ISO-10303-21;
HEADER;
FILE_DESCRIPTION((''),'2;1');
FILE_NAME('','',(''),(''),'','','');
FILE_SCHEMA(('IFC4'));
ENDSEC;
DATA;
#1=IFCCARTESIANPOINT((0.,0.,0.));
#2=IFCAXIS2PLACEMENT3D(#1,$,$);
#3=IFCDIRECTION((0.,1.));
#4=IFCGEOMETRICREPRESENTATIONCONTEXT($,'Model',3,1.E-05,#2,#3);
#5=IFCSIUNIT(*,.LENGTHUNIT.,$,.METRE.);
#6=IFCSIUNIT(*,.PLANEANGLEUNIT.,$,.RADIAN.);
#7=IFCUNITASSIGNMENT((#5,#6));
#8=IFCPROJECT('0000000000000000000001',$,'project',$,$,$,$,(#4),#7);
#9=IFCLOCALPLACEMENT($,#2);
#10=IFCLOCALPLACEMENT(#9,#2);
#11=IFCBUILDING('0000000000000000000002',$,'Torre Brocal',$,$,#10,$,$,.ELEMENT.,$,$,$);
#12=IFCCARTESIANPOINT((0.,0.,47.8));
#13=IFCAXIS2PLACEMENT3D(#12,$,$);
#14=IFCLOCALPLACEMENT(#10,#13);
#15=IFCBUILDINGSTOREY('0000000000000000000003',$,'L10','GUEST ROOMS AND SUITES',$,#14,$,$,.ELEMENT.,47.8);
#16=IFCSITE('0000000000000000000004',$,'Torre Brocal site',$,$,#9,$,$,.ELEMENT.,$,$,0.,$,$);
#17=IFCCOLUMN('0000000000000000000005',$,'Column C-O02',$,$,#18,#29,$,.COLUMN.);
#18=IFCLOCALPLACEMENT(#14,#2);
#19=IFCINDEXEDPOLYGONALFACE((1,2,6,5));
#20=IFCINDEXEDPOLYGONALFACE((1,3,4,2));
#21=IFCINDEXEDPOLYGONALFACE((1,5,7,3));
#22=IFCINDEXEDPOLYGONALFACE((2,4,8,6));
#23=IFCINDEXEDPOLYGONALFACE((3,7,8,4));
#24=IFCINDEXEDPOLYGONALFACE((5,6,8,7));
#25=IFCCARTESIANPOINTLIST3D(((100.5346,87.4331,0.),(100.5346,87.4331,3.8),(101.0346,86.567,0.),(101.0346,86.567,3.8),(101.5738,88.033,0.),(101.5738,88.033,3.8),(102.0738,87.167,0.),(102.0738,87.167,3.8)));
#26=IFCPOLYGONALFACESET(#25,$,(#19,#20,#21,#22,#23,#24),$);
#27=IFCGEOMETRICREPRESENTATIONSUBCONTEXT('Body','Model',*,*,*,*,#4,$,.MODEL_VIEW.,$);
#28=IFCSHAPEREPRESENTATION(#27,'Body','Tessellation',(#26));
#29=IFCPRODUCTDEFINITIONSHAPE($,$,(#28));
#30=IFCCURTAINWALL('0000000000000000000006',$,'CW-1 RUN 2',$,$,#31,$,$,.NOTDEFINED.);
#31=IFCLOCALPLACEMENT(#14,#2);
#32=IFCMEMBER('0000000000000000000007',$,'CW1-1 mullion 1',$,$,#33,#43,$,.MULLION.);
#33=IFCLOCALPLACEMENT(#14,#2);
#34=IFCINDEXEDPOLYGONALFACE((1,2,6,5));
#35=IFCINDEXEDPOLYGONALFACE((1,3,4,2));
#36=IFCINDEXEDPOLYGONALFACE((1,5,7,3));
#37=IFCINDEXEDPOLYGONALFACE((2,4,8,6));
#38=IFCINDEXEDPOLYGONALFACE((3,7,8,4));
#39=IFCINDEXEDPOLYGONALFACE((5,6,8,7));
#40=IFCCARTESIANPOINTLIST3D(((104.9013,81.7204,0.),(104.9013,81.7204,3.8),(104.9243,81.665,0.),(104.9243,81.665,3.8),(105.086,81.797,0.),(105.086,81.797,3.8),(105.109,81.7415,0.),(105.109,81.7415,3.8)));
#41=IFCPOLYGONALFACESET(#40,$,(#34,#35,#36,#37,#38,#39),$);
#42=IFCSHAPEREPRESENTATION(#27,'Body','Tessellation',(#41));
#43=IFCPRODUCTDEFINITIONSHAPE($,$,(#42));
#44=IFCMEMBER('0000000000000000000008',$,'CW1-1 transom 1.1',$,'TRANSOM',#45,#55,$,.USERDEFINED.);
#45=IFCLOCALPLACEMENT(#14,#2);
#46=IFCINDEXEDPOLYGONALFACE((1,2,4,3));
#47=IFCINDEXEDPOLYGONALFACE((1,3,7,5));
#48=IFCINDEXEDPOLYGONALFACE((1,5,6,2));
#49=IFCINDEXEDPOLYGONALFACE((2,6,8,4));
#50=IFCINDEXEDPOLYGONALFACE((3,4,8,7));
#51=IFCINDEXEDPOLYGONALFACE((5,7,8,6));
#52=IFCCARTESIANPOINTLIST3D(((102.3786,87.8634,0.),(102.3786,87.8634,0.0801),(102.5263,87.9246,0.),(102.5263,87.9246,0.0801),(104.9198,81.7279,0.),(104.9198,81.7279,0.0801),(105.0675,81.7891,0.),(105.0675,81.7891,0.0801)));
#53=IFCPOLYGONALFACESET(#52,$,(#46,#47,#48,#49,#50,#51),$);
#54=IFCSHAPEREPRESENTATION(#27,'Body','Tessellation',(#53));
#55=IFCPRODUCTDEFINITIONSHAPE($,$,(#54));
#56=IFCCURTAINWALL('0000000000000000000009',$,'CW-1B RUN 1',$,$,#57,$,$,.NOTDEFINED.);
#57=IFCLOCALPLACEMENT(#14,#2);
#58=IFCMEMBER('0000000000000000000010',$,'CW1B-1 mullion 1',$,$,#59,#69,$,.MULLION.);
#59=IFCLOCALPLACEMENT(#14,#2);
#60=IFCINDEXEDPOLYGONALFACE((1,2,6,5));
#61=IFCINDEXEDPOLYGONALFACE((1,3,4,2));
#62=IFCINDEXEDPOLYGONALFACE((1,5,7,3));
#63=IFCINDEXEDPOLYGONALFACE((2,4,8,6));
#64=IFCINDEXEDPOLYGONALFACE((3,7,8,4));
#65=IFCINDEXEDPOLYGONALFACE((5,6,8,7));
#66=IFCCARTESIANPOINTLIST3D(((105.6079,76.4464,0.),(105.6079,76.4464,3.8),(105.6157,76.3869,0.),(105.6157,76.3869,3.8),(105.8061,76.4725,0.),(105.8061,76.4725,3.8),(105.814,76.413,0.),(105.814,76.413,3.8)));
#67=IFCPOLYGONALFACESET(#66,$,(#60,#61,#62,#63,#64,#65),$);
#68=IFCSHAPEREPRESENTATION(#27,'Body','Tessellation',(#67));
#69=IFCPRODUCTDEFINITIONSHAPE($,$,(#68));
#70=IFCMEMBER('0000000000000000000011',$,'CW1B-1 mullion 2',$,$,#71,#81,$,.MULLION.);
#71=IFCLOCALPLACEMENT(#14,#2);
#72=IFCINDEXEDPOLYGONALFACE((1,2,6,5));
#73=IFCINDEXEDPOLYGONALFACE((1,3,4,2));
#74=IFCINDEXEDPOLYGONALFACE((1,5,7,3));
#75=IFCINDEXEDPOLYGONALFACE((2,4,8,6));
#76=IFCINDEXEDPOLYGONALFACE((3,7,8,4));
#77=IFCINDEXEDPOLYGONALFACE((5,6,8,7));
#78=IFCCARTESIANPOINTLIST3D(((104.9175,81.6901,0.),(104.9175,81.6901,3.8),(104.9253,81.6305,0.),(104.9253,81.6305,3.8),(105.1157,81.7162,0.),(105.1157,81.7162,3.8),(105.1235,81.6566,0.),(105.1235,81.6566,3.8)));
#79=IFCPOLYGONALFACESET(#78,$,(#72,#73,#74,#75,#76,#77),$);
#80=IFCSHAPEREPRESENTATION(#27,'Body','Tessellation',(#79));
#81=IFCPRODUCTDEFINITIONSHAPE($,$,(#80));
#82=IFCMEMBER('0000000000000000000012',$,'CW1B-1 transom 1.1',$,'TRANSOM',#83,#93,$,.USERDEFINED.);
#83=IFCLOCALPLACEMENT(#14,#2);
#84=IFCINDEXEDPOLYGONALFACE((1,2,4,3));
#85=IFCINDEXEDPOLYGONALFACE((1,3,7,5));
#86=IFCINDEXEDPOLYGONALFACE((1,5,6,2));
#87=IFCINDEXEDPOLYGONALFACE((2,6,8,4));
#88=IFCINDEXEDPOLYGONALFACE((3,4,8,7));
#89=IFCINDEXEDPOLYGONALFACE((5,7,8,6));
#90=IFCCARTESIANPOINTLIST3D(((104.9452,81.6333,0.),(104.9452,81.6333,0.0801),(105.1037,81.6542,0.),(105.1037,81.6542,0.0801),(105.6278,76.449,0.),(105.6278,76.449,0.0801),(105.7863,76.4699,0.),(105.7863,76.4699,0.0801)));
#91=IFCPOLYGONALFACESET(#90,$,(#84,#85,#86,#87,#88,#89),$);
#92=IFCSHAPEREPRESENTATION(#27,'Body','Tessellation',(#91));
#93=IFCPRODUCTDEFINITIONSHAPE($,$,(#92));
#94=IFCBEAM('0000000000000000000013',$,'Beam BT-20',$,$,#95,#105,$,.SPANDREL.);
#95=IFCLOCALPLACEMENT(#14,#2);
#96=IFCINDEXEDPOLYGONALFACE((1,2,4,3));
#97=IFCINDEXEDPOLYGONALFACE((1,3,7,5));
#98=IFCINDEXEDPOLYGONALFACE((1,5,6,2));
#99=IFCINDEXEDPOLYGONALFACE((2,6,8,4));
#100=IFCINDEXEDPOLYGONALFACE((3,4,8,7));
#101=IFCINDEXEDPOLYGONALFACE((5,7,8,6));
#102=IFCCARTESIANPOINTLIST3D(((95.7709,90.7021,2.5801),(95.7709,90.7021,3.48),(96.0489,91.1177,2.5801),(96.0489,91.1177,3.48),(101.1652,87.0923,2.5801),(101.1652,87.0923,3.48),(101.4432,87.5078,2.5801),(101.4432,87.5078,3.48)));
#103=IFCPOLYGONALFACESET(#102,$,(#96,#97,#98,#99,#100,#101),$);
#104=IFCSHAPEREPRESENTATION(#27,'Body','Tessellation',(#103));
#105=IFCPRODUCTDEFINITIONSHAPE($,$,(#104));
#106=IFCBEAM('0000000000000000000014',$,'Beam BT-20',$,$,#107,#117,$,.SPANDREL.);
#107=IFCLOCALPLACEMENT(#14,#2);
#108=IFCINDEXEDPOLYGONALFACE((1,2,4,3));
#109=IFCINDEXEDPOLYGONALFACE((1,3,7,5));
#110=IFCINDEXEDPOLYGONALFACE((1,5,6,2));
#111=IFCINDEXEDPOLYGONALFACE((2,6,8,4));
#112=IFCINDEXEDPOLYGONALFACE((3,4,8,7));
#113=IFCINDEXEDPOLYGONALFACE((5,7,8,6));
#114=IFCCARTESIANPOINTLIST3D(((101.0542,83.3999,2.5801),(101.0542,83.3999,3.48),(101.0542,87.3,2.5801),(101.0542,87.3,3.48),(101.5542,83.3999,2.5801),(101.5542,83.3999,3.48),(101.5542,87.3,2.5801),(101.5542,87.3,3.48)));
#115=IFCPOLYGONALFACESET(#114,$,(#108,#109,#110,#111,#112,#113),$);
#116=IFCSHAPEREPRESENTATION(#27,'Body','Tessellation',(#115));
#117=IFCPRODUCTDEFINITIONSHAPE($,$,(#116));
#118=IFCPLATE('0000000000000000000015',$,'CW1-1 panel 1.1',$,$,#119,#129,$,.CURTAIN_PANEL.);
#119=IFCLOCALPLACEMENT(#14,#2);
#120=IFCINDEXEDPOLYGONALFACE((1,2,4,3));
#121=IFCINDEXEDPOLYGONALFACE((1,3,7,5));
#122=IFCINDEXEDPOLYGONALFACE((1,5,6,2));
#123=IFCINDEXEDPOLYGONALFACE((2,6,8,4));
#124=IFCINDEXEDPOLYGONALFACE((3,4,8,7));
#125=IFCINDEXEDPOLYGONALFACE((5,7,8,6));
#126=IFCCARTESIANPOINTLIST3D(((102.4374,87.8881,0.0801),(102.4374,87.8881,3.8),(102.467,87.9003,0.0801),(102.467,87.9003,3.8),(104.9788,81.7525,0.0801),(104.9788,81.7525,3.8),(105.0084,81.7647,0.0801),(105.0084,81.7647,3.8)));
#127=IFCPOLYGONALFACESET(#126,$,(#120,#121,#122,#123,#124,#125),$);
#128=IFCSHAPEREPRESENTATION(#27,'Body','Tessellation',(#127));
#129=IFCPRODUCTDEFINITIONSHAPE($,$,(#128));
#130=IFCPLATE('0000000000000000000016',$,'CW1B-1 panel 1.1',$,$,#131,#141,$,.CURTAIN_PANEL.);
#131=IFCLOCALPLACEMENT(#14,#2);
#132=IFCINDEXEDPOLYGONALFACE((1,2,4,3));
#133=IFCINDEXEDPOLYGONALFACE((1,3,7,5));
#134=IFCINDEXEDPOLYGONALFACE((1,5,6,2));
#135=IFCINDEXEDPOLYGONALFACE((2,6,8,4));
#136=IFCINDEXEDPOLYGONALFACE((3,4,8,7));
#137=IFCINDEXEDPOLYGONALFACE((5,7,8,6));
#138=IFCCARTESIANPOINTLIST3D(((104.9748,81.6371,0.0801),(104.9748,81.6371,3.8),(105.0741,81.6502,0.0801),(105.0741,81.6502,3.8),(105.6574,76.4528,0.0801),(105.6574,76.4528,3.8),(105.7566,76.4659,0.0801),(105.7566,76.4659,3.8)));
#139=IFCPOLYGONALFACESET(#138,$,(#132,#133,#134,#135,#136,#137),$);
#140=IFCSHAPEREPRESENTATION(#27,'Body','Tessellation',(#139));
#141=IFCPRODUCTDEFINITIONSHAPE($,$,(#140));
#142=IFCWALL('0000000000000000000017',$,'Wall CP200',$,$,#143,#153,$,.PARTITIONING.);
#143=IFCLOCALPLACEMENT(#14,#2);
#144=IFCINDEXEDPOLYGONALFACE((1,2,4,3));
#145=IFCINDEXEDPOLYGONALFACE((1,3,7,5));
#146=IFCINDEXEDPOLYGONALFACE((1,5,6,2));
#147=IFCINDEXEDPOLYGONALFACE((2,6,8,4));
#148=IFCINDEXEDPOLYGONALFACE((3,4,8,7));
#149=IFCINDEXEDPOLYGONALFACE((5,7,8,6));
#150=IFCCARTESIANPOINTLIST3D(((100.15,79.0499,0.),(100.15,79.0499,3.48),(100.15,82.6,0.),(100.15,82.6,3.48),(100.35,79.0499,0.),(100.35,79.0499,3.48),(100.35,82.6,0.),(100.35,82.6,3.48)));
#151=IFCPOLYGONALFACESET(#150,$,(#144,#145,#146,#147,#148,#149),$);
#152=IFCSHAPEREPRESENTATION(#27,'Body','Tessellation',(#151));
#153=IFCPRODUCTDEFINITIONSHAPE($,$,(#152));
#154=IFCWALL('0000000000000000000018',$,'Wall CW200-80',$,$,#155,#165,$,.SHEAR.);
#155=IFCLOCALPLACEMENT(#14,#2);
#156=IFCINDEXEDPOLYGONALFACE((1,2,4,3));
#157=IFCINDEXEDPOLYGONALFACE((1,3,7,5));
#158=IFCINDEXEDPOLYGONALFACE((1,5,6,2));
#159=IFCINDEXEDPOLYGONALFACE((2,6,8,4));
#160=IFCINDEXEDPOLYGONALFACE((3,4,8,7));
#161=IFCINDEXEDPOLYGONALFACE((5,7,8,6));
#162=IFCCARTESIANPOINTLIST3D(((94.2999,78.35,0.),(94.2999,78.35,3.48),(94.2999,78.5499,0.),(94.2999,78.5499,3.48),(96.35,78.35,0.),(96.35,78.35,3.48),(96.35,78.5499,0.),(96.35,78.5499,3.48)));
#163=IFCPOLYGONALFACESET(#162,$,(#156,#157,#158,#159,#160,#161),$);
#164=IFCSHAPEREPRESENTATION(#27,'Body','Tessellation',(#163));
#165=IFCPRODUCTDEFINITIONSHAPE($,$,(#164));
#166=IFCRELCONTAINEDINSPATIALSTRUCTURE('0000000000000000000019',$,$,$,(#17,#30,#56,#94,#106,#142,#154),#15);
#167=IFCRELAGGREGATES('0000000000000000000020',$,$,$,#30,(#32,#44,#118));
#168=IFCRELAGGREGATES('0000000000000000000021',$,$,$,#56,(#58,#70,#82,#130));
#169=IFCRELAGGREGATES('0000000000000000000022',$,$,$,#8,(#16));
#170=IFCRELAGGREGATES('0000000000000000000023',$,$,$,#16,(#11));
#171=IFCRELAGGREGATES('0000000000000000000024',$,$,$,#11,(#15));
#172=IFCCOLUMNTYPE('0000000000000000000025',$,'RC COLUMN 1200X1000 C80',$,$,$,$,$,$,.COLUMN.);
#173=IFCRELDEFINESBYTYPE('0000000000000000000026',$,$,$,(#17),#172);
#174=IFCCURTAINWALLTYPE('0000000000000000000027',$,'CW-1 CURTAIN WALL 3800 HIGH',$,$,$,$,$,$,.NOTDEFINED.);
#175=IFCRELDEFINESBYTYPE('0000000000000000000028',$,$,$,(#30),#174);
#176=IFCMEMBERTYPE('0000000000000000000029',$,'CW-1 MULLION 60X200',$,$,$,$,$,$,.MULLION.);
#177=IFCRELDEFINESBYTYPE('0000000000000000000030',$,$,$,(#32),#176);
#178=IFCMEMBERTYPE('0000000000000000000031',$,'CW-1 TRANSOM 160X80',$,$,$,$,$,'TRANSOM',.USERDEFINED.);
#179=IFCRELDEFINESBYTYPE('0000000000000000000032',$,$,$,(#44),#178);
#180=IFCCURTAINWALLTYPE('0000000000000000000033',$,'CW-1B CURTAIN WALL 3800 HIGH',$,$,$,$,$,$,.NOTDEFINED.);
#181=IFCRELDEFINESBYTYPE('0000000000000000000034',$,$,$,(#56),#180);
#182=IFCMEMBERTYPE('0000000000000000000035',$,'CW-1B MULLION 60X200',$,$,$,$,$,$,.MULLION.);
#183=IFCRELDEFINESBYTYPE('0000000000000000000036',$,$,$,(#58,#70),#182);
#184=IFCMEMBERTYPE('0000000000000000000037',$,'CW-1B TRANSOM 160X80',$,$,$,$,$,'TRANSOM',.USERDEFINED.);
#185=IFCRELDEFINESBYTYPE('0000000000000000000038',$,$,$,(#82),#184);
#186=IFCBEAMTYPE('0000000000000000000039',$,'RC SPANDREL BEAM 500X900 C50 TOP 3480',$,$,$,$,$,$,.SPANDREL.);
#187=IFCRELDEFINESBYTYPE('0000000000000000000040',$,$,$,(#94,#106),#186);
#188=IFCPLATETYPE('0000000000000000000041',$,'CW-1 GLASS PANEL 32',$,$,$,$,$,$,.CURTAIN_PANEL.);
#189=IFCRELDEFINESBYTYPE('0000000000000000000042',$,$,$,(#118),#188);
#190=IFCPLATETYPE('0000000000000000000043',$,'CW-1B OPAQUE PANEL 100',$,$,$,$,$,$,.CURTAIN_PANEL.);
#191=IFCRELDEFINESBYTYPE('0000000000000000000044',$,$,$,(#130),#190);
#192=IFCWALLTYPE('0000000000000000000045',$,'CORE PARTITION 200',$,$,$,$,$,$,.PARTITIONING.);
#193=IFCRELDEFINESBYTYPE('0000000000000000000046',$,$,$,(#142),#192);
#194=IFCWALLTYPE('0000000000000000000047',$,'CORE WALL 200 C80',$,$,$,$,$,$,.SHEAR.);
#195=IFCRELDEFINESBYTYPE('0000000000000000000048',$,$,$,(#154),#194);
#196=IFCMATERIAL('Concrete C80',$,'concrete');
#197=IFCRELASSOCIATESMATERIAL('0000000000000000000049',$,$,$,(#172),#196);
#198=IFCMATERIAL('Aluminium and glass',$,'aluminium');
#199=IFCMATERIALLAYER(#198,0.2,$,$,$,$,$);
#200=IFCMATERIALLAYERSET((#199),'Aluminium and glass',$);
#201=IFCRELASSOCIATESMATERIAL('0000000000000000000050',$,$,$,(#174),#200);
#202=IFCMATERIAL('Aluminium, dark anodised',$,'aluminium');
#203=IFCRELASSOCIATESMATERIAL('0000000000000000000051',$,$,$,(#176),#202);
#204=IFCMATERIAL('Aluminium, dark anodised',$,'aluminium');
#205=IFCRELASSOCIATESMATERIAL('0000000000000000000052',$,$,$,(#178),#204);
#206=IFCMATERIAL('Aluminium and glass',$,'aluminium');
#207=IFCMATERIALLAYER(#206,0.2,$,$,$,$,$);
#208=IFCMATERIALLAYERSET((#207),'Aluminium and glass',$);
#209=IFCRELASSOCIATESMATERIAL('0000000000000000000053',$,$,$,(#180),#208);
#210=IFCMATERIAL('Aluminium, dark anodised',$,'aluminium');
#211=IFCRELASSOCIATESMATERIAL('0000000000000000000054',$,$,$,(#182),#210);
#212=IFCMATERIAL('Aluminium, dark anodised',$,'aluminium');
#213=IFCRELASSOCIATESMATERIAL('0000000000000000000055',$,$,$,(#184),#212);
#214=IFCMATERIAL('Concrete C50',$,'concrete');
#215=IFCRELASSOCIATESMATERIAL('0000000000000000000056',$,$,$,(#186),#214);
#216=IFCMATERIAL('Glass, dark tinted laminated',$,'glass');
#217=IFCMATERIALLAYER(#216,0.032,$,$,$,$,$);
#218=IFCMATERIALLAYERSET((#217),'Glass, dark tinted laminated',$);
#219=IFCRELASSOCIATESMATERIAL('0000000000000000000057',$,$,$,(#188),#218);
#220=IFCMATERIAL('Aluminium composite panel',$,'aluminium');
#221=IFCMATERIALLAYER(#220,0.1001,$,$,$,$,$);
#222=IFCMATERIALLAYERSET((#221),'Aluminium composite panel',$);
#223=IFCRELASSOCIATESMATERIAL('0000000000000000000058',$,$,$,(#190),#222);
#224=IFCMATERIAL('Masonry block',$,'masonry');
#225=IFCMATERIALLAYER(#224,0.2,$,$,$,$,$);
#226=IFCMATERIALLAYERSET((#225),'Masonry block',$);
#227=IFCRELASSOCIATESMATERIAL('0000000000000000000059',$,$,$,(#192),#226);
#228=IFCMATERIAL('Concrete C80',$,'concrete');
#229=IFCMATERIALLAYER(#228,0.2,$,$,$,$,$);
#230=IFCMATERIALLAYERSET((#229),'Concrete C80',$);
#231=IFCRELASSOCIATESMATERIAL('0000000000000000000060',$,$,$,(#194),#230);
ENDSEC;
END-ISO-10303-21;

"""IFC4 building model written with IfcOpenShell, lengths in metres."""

from ifc_helpers import new_model, si_unit, direction, frame, frame_2d, origin, origin_2d, place, context, subcontext, project, spatial, rectangle, extrude, material, layer, layer_set, material_profile, profile_set, type_object, element, aggregate, save


model = new_model("IFC4")

# Units and contexts
model_context = context("Model", 3, precision=1e-05, world=origin(), true_north=direction((0.0, 1.0)))
body_context = subcontext(model_context, "Body", "Model", "MODEL_VIEW")
ifc_project = project(units=[si_unit("LENGTHUNIT", "METRE"), si_unit("PLANEANGLEUNIT", "RADIAN")], contexts=[model_context])

# Site, building, storey
site_placement = place(None, origin())
site = spatial("IfcSite", under=ifc_project, at=site_placement, Name="Torre Brocal site", CompositionType="ELEMENT", RefElevation=0.0)
building_placement = place(site_placement, origin())
building = spatial("IfcBuilding", under=site, at=building_placement, Name="Torre Brocal", CompositionType="ELEMENT")
storey_placement = place(building_placement, frame((0.0, 0.0, 47.8)))
storey = spatial("IfcBuildingStorey", under=building, at=storey_placement, Name="L10", Description="GUEST ROOMS AND SUITES", CompositionType="ELEMENT", Elevation=47.8)

# Column
ifc_material_1 = material(Name="Concrete C80", Category="concrete")
ifc_material_profile_1 = material_profile(ifc_material_1, rectangle(XDim=1.2, YDim=1.0, at=origin_2d()), Name="RC 1200X1000")
ifc_profile_set_1 = profile_set([ifc_material_profile_1], Name="Concrete C80")
column_type = type_object("IfcColumnType", Name="RC COLUMN 1200X1000 C80", PredefinedType="COLUMN", material=ifc_profile_set_1)
column_placement = place(storey_placement, frame((101.3042, 87.3, 0.0), z_axis=(0.0, 0.0, 1.0), x_axis=(0.866025, 0.5, 0.0)))
element("IfcColumn", 1, at=column_placement, inside=storey, type_object=column_type, Name="Column C-O02", PredefinedType="COLUMN", context=body_context, shape_type="SweptSolid", body=[
    extrude(rectangle(XDim=1.2, YDim=1.0, at=origin_2d()), origin(), (0.0, 0.0, 1.0), 3.8),
])

# Curtain walls, members
ifc_material_2 = material(Name="Aluminium and glass", Category="aluminium")
ifc_layer_1 = layer(ifc_material_2, 0.2)
ifc_layer_set_1 = layer_set([ifc_layer_1], Name="Aluminium and glass")
curtain_wall_type_1 = type_object("IfcCurtainWallType", Name="CW-1 CURTAIN WALL 3800 HIGH", PredefinedType="NOTDEFINED", material=ifc_layer_set_1)
curtain_wall_1_placement = place(storey_placement, origin())
curtain_wall_1 = element("IfcCurtainWall", 2, at=curtain_wall_1_placement, inside=storey, type_object=curtain_wall_type_1, Name="CW-1 RUN 2", PredefinedType="NOTDEFINED")
ifc_material_3 = material(Name="Aluminium, dark anodised", Category="aluminium")
ifc_material_profile_2 = material_profile(ifc_material_3, rectangle(XDim=0.2, YDim=0.0601, at=origin_2d()), Name="CW-1 MULLION 60X200")
ifc_profile_set_2 = profile_set([ifc_material_profile_2], Name="Aluminium, dark anodised")
member_type_1 = type_object("IfcMemberType", Name="CW-1 MULLION 60X200", PredefinedType="MULLION", material=ifc_profile_set_2)
member_1_placement = place(storey_placement, frame((105.0051, 81.731, 0.0), z_axis=(0.0, 0.0, 1.0), x_axis=(-0.92388, -0.382683, 0.0)))
member_1 = element("IfcMember", 3, at=member_1_placement, type_object=member_type_1, Name="CW1-1 mullion 1", PredefinedType="MULLION", context=body_context, shape_type="SweptSolid", body=[
    extrude(rectangle(XDim=0.2, YDim=0.0601, at=origin_2d()), origin(), (0.0, 0.0, 1.0), 3.8),
])
ifc_material_4 = material(Name="Aluminium, dark anodised", Category="aluminium")
ifc_material_profile_3 = material_profile(ifc_material_4, rectangle(XDim=0.1599, YDim=0.0801, at=origin_2d()), Name="CW-1 TRANSOM 160X80")
ifc_profile_set_3 = profile_set([ifc_material_profile_3], Name="Aluminium, dark anodised")
member_type_2 = type_object("IfcMemberType", Name="CW-1 TRANSOM 160X80", ElementType="TRANSOM", PredefinedType="USERDEFINED", material=ifc_profile_set_3)
member_2_placement = place(storey_placement, frame((104.9937, 81.7585, 0.04), z_axis=(-0.382665, 0.923887, 0.0), x_axis=(-0.923887, -0.382665, 0.0)))
member_2 = element("IfcMember", 4, at=member_2_placement, type_object=member_type_2, Name="CW1-1 transom 1.1", ObjectType="TRANSOM", PredefinedType="USERDEFINED", context=body_context, shape_type="SweptSolid", body=[
    extrude(rectangle(XDim=0.1599, YDim=0.0801, at=origin_2d()), origin(), (0.0, 0.0, 1.0), 6.6409),
])
ifc_material_5 = material(Name="Aluminium and glass", Category="aluminium")
ifc_layer_2 = layer(ifc_material_5, 0.2)
ifc_layer_set_2 = layer_set([ifc_layer_2], Name="Aluminium and glass")
curtain_wall_type_2 = type_object("IfcCurtainWallType", Name="CW-1B CURTAIN WALL 3800 HIGH", PredefinedType="NOTDEFINED", material=ifc_layer_set_2)
curtain_wall_2_placement = place(storey_placement, origin())
curtain_wall_2 = element("IfcCurtainWall", 5, at=curtain_wall_2_placement, inside=storey, type_object=curtain_wall_type_2, Name="CW-1B RUN 1", PredefinedType="NOTDEFINED")
ifc_material_6 = material(Name="Aluminium, dark anodised", Category="aluminium")
ifc_material_profile_4 = material_profile(ifc_material_6, rectangle(XDim=0.2, YDim=0.0601, at=origin_2d()), Name="CW-1B MULLION 60X200")
ifc_profile_set_4 = profile_set([ifc_material_profile_4], Name="Aluminium, dark anodised")
member_type_3 = type_object("IfcMemberType", Name="CW-1B MULLION 60X200", PredefinedType="MULLION", material=ifc_profile_set_4)
member_3_placement = place(storey_placement, frame((105.7109, 76.4297, 0.0), z_axis=(0.0, 0.0, 1.0), x_axis=(-0.991445, -0.130526, 0.0)))
member_3 = element("IfcMember", 6, at=member_3_placement, type_object=member_type_3, Name="CW1B-1 mullion 1", PredefinedType="MULLION", context=body_context, shape_type="SweptSolid", body=[
    extrude(rectangle(XDim=0.2, YDim=0.0601, at=origin_2d()), origin(), (0.0, 0.0, 1.0), 3.8),
])
member_4_placement = place(storey_placement, frame((105.0205, 81.6733, 0.0), z_axis=(0.0, 0.0, 1.0), x_axis=(-0.991445, -0.130526, 0.0)))
member_4 = element("IfcMember", 7, at=member_4_placement, type_object=member_type_3, Name="CW1B-1 mullion 2", PredefinedType="MULLION", context=body_context, shape_type="SweptSolid", body=[
    extrude(rectangle(XDim=0.2, YDim=0.0601, at=origin_2d()), origin(), (0.0, 0.0, 1.0), 3.8),
])
ifc_material_7 = material(Name="Aluminium, dark anodised", Category="aluminium")
ifc_material_profile_5 = material_profile(ifc_material_7, rectangle(XDim=0.1599, YDim=0.0801, at=origin_2d()), Name="CW-1B TRANSOM 160X80")
ifc_profile_set_5 = profile_set([ifc_material_profile_5], Name="Aluminium, dark anodised")
member_type_4 = type_object("IfcMemberType", Name="CW-1B TRANSOM 160X80", ElementType="TRANSOM", PredefinedType="USERDEFINED", material=ifc_profile_set_5)
member_5_placement = place(storey_placement, frame((105.707, 76.4595, 0.04), z_axis=(-0.130543, 0.991443, 0.0), x_axis=(-0.991443, -0.130543, 0.0)))
member_5 = element("IfcMember", 8, at=member_5_placement, type_object=member_type_4, Name="CW1B-1 transom 1.1", ObjectType="TRANSOM", PredefinedType="USERDEFINED", context=body_context, shape_type="SweptSolid", body=[
    extrude(rectangle(XDim=0.1599, YDim=0.0801, at=origin_2d()), origin(), (0.0, 0.0, 1.0), 5.229),
])

# Beams
ifc_material_8 = material(Name="Concrete C50", Category="concrete")
ifc_material_profile_6 = material_profile(ifc_material_8, rectangle(XDim=0.5, YDim=0.8999, at=origin_2d()), Name="RC 500X900")
ifc_profile_set_6 = profile_set([ifc_material_profile_6], Name="Concrete C50")
beam_type = type_object("IfcBeamType", Name="RC SPANDREL BEAM 500X900 C50 TOP 3480", PredefinedType="SPANDREL", material=ifc_profile_set_6)
beam_1_placement = place(storey_placement, frame((101.3042, 87.3, 3.03), z_axis=(-0.831077, 0.556158, 0.0), x_axis=(-0.556158, -0.831077, 0.0)))
element("IfcBeam", 9, at=beam_1_placement, inside=storey, type_object=beam_type, Name="Beam BT-20", PredefinedType="SPANDREL", context=body_context, shape_type="SweptSolid", body=[
    extrude(rectangle(XDim=0.5, YDim=0.8999, at=origin_2d()), origin(), (0.0, 0.0, 1.0), 6.4907),
])
beam_2_placement = place(storey_placement, frame((101.3042, 87.3, 3.03), z_axis=(0.0, -1.0, 0.0), x_axis=(1.0, 0.0, 0.0)))
element("IfcBeam", 10, at=beam_2_placement, inside=storey, type_object=beam_type, Name="Beam BT-20", PredefinedType="SPANDREL", context=body_context, shape_type="SweptSolid", body=[
    extrude(rectangle(XDim=0.5, YDim=0.8999, at=origin_2d()), origin(), (0.0, 0.0, 1.0), 3.9001),
])

# Plates
ifc_material_9 = material(Name="Glass, dark tinted laminated", Category="glass")
ifc_layer_3 = layer(ifc_material_9, 0.032)
ifc_layer_set_3 = layer_set([ifc_layer_3], Name="Glass, dark tinted laminated")
plate_type_1 = type_object("IfcPlateType", Name="CW-1 GLASS PANEL 32", PredefinedType="CURTAIN_PANEL", material=ifc_layer_set_3)
plate_1_placement = place(storey_placement, frame((103.7229, 84.8264, 0.0801), z_axis=(0.0, 0.0, 1.0), x_axis=(-0.382683, 0.92388, 0.0)))
plate_1 = element("IfcPlate", 11, at=plate_1_placement, type_object=plate_type_1, Name="CW1-1 panel 1.1", PredefinedType="CURTAIN_PANEL", context=body_context, shape_type="SweptSolid", body=[
    extrude(rectangle(XDim=6.6411, YDim=0.032, at=origin_2d()), origin(), (0.0, 0.0, 1.0), 3.72),
])
aggregate(curtain_wall_1, [member_1, member_2, plate_1])
ifc_material_10 = material(Name="Aluminium composite panel", Category="aluminium")
ifc_layer_4 = layer(ifc_material_10, 0.1001)
ifc_layer_set_4 = layer_set([ifc_layer_4], Name="Aluminium composite panel")
plate_type_2 = type_object("IfcPlateType", Name="CW-1B OPAQUE PANEL 100", PredefinedType="CURTAIN_PANEL", material=ifc_layer_set_4)
plate_2_placement = place(storey_placement, frame((105.3657, 79.0515, 0.0801), z_axis=(0.0, 0.0, 1.0), x_axis=(-0.130526, 0.991445, 0.0)))
plate_2 = element("IfcPlate", 12, at=plate_2_placement, type_object=plate_type_2, Name="CW1B-1 panel 1.1", PredefinedType="CURTAIN_PANEL", context=body_context, shape_type="SweptSolid", body=[
    extrude(rectangle(XDim=5.229, YDim=0.1001, at=origin_2d()), origin(), (0.0, 0.0, 1.0), 3.72),
])
aggregate(curtain_wall_2, [member_3, member_4, member_5, plate_2])

# Walls
ifc_material_11 = material(Name="Masonry block", Category="masonry")
ifc_layer_5 = layer(ifc_material_11, 0.2)
ifc_layer_set_5 = layer_set([ifc_layer_5], Name="Masonry block")
wall_type_1 = type_object("IfcWallType", Name="CORE PARTITION 200", PredefinedType="PARTITIONING", material=ifc_layer_set_5)
wall_1_placement = place(storey_placement, frame((100.25, 79.05, 0.0), z_axis=(0.0, 0.0, 1.0), x_axis=(0.0, 1.0, 0.0)))
element("IfcWall", 13, at=wall_1_placement, inside=storey, type_object=wall_type_1, Name="Wall CP200", PredefinedType="PARTITIONING", context=body_context, shape_type="SweptSolid", body=[
    extrude(rectangle(XDim=3.55, YDim=0.2, at=frame_2d((1.7749, 0.0))), origin(), (0.0, 0.0, 1.0), 3.48),
])
ifc_material_12 = material(Name="Concrete C80", Category="concrete")
ifc_layer_6 = layer(ifc_material_12, 0.2)
ifc_layer_set_6 = layer_set([ifc_layer_6], Name="Concrete C80")
wall_type_2 = type_object("IfcWallType", Name="CORE WALL 200 C80", PredefinedType="SHEAR", material=ifc_layer_set_6)
wall_2_placement = place(storey_placement, frame((94.3, 78.45, 0.0), z_axis=(0.0, 0.0, 1.0), x_axis=(1.0, 0.0, 0.0)))
element("IfcWall", 14, at=wall_2_placement, inside=storey, type_object=wall_type_2, Name="Wall CW200-80", PredefinedType="SHEAR", context=body_context, shape_type="SweptSolid", body=[
    extrude(rectangle(XDim=2.05, YDim=0.2, at=frame_2d((1.0249, 0.0))), origin(), (0.0, 0.0, 1.0), 3.48),
])

save(model, "model.ifc")
